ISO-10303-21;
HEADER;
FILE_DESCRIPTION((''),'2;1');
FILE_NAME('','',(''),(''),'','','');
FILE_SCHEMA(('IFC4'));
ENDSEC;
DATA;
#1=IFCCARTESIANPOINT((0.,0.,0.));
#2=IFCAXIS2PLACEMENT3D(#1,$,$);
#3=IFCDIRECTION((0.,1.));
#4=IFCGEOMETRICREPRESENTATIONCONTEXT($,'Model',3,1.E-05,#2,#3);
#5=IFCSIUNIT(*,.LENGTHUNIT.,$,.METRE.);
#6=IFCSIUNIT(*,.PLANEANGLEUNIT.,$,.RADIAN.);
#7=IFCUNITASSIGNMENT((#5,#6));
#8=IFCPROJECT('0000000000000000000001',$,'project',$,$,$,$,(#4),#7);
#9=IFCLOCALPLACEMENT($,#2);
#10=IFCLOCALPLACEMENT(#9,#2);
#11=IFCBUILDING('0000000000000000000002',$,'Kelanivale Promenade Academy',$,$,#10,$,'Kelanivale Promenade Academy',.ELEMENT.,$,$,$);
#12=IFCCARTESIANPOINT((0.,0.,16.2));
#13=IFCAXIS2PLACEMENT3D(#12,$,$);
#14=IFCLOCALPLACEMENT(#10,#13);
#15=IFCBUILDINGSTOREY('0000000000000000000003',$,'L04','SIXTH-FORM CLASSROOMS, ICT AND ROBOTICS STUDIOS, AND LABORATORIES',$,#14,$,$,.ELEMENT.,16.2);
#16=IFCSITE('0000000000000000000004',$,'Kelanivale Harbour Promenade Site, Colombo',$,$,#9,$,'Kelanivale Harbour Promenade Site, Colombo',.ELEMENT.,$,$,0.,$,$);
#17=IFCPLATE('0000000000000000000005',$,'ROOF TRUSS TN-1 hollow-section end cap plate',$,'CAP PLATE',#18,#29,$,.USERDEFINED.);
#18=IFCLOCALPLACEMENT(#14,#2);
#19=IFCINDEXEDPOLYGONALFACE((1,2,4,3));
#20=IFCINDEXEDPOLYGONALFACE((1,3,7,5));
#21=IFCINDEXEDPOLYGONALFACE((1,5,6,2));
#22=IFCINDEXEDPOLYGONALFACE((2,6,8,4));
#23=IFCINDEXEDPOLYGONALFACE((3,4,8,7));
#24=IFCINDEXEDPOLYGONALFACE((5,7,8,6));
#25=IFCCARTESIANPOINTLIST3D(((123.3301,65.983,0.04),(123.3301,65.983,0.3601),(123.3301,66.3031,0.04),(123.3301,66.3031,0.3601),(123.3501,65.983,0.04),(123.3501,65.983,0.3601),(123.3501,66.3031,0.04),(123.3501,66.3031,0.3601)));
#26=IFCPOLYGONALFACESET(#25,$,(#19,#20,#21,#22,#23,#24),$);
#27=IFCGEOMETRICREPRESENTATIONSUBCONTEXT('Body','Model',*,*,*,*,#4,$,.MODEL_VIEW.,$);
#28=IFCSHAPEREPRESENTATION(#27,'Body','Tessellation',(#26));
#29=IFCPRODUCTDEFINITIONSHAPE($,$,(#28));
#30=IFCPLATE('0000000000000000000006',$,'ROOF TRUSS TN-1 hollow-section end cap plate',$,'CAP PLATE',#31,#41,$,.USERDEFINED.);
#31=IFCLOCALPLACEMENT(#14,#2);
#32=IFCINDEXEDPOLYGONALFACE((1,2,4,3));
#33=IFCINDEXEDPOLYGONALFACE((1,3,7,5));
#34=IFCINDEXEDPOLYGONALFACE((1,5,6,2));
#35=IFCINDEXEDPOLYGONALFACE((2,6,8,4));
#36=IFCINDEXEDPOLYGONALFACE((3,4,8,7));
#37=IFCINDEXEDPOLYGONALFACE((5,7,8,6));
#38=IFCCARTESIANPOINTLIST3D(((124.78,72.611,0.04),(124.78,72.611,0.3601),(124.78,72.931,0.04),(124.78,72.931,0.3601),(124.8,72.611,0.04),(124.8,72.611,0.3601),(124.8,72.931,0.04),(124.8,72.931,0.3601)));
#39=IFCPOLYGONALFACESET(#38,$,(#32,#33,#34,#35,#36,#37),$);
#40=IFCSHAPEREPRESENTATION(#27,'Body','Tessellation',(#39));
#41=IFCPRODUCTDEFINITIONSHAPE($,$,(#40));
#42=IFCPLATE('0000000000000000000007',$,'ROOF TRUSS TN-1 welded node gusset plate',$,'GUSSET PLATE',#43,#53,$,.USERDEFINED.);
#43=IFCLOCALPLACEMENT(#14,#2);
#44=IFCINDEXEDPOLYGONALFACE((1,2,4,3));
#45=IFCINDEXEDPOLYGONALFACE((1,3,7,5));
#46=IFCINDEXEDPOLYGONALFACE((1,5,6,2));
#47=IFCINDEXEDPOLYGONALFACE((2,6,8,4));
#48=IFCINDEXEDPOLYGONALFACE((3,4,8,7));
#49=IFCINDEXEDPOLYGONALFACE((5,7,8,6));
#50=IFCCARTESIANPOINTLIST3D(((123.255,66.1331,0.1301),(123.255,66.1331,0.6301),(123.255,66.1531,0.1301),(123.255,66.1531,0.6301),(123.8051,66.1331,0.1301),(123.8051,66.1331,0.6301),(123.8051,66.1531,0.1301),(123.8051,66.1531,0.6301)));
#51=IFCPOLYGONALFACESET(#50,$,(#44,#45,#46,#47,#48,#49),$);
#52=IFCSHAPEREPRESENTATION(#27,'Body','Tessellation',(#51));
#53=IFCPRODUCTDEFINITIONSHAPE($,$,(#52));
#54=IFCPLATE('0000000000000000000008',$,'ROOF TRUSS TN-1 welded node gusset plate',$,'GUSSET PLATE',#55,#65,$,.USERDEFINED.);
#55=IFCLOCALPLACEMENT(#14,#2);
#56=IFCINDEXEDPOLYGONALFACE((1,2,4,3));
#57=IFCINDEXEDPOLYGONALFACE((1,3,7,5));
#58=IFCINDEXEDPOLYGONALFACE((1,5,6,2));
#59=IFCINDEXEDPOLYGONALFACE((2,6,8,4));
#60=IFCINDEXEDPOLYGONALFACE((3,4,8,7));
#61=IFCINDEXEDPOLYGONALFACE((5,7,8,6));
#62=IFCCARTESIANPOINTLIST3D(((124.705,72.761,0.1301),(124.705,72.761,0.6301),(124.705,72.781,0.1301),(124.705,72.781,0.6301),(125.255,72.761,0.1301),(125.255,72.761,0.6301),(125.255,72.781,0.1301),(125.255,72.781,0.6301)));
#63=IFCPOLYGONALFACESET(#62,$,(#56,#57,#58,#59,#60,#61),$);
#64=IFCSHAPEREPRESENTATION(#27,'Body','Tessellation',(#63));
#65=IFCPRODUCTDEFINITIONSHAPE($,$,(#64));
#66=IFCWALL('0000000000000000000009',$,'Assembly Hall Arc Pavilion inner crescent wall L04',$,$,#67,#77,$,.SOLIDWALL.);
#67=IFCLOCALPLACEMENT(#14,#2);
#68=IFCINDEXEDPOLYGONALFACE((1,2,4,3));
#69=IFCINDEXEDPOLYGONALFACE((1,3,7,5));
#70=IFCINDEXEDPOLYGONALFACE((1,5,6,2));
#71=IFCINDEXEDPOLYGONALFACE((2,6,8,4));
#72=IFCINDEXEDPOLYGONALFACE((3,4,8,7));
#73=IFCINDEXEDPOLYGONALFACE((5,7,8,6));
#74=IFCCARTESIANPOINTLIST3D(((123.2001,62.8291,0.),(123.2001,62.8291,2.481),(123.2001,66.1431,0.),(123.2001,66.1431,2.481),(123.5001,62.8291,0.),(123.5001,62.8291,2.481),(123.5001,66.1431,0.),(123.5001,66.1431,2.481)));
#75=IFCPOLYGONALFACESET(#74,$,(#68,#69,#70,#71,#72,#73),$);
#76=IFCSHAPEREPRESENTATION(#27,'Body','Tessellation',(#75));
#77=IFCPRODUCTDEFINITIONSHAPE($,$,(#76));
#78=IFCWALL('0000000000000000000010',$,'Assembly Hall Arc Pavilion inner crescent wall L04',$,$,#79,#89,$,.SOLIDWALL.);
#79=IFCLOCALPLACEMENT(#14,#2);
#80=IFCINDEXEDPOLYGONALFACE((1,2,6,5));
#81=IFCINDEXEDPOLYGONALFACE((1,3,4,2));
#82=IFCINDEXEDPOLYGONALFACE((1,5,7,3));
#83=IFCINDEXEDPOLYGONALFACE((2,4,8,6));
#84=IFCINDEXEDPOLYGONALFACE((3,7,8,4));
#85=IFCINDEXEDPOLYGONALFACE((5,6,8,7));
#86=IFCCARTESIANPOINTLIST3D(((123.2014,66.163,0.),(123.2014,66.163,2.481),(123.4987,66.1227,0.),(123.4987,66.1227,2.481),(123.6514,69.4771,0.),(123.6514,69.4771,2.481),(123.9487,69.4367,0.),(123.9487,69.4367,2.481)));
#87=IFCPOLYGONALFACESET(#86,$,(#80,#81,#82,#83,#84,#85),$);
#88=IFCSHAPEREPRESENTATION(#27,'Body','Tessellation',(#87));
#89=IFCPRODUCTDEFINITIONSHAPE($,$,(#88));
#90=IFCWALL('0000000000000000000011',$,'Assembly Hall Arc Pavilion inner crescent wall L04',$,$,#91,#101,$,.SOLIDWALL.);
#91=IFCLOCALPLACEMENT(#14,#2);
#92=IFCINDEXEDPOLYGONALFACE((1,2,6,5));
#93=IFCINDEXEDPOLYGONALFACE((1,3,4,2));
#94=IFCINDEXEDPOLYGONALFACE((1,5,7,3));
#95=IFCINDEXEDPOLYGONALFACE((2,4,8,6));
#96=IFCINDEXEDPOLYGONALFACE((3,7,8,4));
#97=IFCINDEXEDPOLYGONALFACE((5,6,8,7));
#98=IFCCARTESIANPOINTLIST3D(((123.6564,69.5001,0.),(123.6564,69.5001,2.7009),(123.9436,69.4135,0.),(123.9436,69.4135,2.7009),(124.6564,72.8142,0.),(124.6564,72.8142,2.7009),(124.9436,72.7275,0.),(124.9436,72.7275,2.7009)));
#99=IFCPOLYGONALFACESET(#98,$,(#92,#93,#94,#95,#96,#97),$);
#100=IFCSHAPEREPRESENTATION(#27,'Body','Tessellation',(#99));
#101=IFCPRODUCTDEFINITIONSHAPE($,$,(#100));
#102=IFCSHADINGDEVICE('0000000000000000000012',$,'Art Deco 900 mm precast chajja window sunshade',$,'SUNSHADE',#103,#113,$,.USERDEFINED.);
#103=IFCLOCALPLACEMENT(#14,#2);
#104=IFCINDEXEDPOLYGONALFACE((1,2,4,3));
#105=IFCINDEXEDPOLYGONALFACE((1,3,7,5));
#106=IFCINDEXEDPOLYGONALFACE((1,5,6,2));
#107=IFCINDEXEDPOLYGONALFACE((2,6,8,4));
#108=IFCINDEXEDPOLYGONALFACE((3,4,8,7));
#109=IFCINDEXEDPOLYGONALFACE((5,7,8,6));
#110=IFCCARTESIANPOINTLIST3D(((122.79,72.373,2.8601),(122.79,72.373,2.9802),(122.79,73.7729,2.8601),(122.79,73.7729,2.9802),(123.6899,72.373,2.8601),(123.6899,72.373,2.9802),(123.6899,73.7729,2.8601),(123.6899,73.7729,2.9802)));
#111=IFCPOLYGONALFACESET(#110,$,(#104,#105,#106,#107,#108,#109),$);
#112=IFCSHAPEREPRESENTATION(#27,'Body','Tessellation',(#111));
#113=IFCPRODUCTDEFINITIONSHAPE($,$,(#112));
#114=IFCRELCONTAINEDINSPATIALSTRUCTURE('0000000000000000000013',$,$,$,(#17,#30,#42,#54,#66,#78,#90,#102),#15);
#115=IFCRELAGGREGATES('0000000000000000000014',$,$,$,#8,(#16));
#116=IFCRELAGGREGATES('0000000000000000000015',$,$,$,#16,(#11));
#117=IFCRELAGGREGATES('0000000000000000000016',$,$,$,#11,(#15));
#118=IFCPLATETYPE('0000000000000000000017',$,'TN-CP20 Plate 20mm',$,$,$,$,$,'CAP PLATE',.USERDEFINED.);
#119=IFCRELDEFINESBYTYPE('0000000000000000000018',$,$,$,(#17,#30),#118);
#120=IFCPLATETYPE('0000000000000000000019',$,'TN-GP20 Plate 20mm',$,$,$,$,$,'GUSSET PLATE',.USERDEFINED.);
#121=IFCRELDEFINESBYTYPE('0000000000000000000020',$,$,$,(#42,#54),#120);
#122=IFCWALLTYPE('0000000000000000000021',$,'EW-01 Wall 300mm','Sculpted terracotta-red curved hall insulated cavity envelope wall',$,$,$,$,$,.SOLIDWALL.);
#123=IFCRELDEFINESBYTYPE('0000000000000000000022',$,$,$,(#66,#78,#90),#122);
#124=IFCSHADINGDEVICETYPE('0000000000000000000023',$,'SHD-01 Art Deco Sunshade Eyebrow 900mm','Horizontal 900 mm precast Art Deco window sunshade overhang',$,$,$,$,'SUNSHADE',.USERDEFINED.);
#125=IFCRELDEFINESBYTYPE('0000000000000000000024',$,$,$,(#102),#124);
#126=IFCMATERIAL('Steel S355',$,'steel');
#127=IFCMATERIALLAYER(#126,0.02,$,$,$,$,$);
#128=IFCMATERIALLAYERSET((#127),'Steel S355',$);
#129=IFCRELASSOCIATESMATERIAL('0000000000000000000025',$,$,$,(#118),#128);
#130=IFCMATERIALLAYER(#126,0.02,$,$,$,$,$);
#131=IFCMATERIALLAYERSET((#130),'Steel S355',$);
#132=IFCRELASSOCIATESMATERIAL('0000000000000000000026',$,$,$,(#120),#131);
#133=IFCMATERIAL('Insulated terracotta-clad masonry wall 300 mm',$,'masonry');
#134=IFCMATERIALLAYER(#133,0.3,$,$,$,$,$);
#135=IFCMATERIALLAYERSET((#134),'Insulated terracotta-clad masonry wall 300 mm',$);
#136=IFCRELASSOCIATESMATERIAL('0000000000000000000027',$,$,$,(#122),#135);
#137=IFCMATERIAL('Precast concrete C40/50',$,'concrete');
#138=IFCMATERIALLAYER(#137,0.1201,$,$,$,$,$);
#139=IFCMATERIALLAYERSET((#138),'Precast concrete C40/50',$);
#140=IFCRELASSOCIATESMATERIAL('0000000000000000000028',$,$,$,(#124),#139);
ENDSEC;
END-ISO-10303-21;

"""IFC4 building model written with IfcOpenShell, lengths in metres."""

from ifc_helpers import new_model, si_unit, direction, frame, frame_2d, origin, origin_2d, place, context, subcontext, project, spatial, rectangle, extrude, material, layer, layer_set, type_object, element, save


model = new_model("IFC4")

# Units and contexts
model_context = context("Model", 3, precision=1e-05, world=origin(), true_north=direction((0.0, 1.0)))
body_context = subcontext(model_context, "Body", "Model", "MODEL_VIEW")
ifc_project = project(units=[si_unit("LENGTHUNIT", "METRE"), si_unit("PLANEANGLEUNIT", "RADIAN")], contexts=[model_context])

# Site, building, storey
site_placement = place(None, origin())
site = spatial("IfcSite", under=ifc_project, at=site_placement, Name="Kelanivale Harbour Promenade Site, Colombo", LongName="Kelanivale Harbour Promenade Site, Colombo", CompositionType="ELEMENT", RefElevation=0.0)
building_placement = place(site_placement, origin())
building = spatial("IfcBuilding", under=site, at=building_placement, Name="Kelanivale Promenade Academy", LongName="Kelanivale Promenade Academy", CompositionType="ELEMENT")
storey_placement = place(building_placement, frame((0.0, 0.0, 16.2)))
storey = spatial("IfcBuildingStorey", under=building, at=storey_placement, Name="L04", Description="SIXTH-FORM CLASSROOMS, ICT AND ROBOTICS STUDIOS, AND LABORATORIES", CompositionType="ELEMENT", Elevation=16.2)

# Shared definitions
ifc_material_1 = material(Name="Steel S355", Category="steel")

# Plates
ifc_layer_1 = layer(ifc_material_1, 0.02)
ifc_layer_set_1 = layer_set([ifc_layer_1], Name="Steel S355")
plate_type_1 = type_object("IfcPlateType", Name="TN-CP20 Plate 20mm", ElementType="CAP PLATE", PredefinedType="USERDEFINED", material=ifc_layer_set_1)
for number, where, z_axis, x_axis, name in (
    (1, (123.3401, 66.1431, 0.04), (0.0, 0.0, 1.0), (-1.0, 0.0, 0.0), "ROOF TRUSS TN-1 hollow-section end cap plate"),
    (2, (124.79, 72.771, 0.04), (0.0, 0.0, 1.0), (-1.0, 0.0, 0.0), "ROOF TRUSS TN-1 hollow-section end cap plate"),
):
    element("IfcPlate", number, at=place(storey_placement, frame(where, z_axis=z_axis, x_axis=x_axis)), inside=storey, type_object=plate_type_1, Name=name, ObjectType="CAP PLATE", PredefinedType="USERDEFINED", context=body_context, shape_type="SweptSolid", body=[
        extrude(rectangle(XDim=0.02, YDim=0.3201, at=origin_2d()), origin(), (0.0, 0.0, 1.0), 0.3201),
    ])
ifc_layer_2 = layer(ifc_material_1, 0.02)
ifc_layer_set_2 = layer_set([ifc_layer_2], Name="Steel S355")
plate_type_2 = type_object("IfcPlateType", Name="TN-GP20 Plate 20mm", ElementType="GUSSET PLATE", PredefinedType="USERDEFINED", material=ifc_layer_set_2)
for number, where, z_axis, x_axis, name in (
    (3, (123.53, 66.1431, 0.1301), (0.0, 0.0, 1.0), (1.0, 0.0, 0.0), "ROOF TRUSS TN-1 welded node gusset plate"),
    (4, (124.98, 72.771, 0.1301), (0.0, 0.0, 1.0), (1.0, 0.0, 0.0), "ROOF TRUSS TN-1 welded node gusset plate"),
):
    element("IfcPlate", number, at=place(storey_placement, frame(where, z_axis=z_axis, x_axis=x_axis)), inside=storey, type_object=plate_type_2, Name=name, ObjectType="GUSSET PLATE", PredefinedType="USERDEFINED", context=body_context, shape_type="SweptSolid", body=[
        extrude(rectangle(XDim=0.55, YDim=0.02, at=origin_2d()), origin(), (0.0, 0.0, 1.0), 0.5),
    ])

# Walls
ifc_material_2 = material(Name="Insulated terracotta-clad masonry wall 300 mm", Category="masonry")
ifc_layer_3 = layer(ifc_material_2, 0.3)
ifc_layer_set_3 = layer_set([ifc_layer_3], Name="Insulated terracotta-clad masonry wall 300 mm")
wall_type = type_object("IfcWallType", Name="EW-01 Wall 300mm", Description="Sculpted terracotta-red curved hall insulated cavity envelope wall", PredefinedType="SOLIDWALL", material=ifc_layer_set_3)
wall_1_placement = place(storey_placement, frame((123.3501, 66.1431, 0.0), z_axis=(0.0, 0.0, 1.0), x_axis=(0.0, -1.0, 0.0)))
element("IfcWall", 5, at=wall_1_placement, inside=storey, type_object=wall_type, Name="Assembly Hall Arc Pavilion inner crescent wall L04", PredefinedType="SOLIDWALL", context=body_context, shape_type="SweptSolid", body=[
    extrude(rectangle(XDim=3.314, YDim=0.3, at=frame_2d((1.657, 0.0))), origin(), (0.0, 0.0, 1.0), 2.481),
])
wall_2_placement = place(storey_placement, frame((123.8, 69.457, 0.0), z_axis=(0.0, 0.0, 1.0), x_axis=(-0.13454, -0.990908, 0.0)))
element("IfcWall", 6, at=wall_2_placement, inside=storey, type_object=wall_type, Name="Assembly Hall Arc Pavilion inner crescent wall L04", PredefinedType="SOLIDWALL", context=body_context, shape_type="SweptSolid", body=[
    extrude(rectangle(XDim=3.3445, YDim=0.3, at=frame_2d((1.6724, 0.0))), origin(), (0.0, 0.0, 1.0), 2.481),
])
wall_3_placement = place(storey_placement, frame((124.8, 72.771, 0.0), z_axis=(0.0, 0.0, 1.0), x_axis=(-0.288888, -0.957363, 0.0)))
element("IfcWall", 7, at=wall_3_placement, inside=storey, type_object=wall_type, Name="Assembly Hall Arc Pavilion inner crescent wall L04", PredefinedType="SOLIDWALL", context=body_context, shape_type="SweptSolid", body=[
    extrude(rectangle(XDim=3.4617, YDim=0.3, at=frame_2d((1.731, 0.0))), origin(), (0.0, 0.0, 1.0), 2.7009),
])

# Shading device
ifc_material_3 = material(Name="Precast concrete C40/50", Category="concrete")
ifc_layer_4 = layer(ifc_material_3, 0.1201)
ifc_layer_set_4 = layer_set([ifc_layer_4], Name="Precast concrete C40/50")
shading_device_type = type_object("IfcShadingDeviceType", Name="SHD-01 Art Deco Sunshade Eyebrow 900mm", Description="Horizontal 900 mm precast Art Deco window sunshade overhang", ElementType="SUNSHADE", PredefinedType="USERDEFINED", material=ifc_layer_set_4)
shading_device_placement = place(storey_placement, frame((123.24, 73.073, 2.8601), z_axis=(0.0, 0.0, 1.0), x_axis=(0.0, 1.0, 0.0)))
element("IfcShadingDevice", 8, at=shading_device_placement, inside=storey, type_object=shading_device_type, Name="Art Deco 900 mm precast chajja window sunshade", ObjectType="SUNSHADE", PredefinedType="USERDEFINED", context=body_context, shape_type="SweptSolid", body=[
    extrude(rectangle(XDim=1.3999, YDim=0.8999, at=origin_2d()), origin(), (0.0, 0.0, 1.0), 0.1201),
])

save(model, "model.ifc")
